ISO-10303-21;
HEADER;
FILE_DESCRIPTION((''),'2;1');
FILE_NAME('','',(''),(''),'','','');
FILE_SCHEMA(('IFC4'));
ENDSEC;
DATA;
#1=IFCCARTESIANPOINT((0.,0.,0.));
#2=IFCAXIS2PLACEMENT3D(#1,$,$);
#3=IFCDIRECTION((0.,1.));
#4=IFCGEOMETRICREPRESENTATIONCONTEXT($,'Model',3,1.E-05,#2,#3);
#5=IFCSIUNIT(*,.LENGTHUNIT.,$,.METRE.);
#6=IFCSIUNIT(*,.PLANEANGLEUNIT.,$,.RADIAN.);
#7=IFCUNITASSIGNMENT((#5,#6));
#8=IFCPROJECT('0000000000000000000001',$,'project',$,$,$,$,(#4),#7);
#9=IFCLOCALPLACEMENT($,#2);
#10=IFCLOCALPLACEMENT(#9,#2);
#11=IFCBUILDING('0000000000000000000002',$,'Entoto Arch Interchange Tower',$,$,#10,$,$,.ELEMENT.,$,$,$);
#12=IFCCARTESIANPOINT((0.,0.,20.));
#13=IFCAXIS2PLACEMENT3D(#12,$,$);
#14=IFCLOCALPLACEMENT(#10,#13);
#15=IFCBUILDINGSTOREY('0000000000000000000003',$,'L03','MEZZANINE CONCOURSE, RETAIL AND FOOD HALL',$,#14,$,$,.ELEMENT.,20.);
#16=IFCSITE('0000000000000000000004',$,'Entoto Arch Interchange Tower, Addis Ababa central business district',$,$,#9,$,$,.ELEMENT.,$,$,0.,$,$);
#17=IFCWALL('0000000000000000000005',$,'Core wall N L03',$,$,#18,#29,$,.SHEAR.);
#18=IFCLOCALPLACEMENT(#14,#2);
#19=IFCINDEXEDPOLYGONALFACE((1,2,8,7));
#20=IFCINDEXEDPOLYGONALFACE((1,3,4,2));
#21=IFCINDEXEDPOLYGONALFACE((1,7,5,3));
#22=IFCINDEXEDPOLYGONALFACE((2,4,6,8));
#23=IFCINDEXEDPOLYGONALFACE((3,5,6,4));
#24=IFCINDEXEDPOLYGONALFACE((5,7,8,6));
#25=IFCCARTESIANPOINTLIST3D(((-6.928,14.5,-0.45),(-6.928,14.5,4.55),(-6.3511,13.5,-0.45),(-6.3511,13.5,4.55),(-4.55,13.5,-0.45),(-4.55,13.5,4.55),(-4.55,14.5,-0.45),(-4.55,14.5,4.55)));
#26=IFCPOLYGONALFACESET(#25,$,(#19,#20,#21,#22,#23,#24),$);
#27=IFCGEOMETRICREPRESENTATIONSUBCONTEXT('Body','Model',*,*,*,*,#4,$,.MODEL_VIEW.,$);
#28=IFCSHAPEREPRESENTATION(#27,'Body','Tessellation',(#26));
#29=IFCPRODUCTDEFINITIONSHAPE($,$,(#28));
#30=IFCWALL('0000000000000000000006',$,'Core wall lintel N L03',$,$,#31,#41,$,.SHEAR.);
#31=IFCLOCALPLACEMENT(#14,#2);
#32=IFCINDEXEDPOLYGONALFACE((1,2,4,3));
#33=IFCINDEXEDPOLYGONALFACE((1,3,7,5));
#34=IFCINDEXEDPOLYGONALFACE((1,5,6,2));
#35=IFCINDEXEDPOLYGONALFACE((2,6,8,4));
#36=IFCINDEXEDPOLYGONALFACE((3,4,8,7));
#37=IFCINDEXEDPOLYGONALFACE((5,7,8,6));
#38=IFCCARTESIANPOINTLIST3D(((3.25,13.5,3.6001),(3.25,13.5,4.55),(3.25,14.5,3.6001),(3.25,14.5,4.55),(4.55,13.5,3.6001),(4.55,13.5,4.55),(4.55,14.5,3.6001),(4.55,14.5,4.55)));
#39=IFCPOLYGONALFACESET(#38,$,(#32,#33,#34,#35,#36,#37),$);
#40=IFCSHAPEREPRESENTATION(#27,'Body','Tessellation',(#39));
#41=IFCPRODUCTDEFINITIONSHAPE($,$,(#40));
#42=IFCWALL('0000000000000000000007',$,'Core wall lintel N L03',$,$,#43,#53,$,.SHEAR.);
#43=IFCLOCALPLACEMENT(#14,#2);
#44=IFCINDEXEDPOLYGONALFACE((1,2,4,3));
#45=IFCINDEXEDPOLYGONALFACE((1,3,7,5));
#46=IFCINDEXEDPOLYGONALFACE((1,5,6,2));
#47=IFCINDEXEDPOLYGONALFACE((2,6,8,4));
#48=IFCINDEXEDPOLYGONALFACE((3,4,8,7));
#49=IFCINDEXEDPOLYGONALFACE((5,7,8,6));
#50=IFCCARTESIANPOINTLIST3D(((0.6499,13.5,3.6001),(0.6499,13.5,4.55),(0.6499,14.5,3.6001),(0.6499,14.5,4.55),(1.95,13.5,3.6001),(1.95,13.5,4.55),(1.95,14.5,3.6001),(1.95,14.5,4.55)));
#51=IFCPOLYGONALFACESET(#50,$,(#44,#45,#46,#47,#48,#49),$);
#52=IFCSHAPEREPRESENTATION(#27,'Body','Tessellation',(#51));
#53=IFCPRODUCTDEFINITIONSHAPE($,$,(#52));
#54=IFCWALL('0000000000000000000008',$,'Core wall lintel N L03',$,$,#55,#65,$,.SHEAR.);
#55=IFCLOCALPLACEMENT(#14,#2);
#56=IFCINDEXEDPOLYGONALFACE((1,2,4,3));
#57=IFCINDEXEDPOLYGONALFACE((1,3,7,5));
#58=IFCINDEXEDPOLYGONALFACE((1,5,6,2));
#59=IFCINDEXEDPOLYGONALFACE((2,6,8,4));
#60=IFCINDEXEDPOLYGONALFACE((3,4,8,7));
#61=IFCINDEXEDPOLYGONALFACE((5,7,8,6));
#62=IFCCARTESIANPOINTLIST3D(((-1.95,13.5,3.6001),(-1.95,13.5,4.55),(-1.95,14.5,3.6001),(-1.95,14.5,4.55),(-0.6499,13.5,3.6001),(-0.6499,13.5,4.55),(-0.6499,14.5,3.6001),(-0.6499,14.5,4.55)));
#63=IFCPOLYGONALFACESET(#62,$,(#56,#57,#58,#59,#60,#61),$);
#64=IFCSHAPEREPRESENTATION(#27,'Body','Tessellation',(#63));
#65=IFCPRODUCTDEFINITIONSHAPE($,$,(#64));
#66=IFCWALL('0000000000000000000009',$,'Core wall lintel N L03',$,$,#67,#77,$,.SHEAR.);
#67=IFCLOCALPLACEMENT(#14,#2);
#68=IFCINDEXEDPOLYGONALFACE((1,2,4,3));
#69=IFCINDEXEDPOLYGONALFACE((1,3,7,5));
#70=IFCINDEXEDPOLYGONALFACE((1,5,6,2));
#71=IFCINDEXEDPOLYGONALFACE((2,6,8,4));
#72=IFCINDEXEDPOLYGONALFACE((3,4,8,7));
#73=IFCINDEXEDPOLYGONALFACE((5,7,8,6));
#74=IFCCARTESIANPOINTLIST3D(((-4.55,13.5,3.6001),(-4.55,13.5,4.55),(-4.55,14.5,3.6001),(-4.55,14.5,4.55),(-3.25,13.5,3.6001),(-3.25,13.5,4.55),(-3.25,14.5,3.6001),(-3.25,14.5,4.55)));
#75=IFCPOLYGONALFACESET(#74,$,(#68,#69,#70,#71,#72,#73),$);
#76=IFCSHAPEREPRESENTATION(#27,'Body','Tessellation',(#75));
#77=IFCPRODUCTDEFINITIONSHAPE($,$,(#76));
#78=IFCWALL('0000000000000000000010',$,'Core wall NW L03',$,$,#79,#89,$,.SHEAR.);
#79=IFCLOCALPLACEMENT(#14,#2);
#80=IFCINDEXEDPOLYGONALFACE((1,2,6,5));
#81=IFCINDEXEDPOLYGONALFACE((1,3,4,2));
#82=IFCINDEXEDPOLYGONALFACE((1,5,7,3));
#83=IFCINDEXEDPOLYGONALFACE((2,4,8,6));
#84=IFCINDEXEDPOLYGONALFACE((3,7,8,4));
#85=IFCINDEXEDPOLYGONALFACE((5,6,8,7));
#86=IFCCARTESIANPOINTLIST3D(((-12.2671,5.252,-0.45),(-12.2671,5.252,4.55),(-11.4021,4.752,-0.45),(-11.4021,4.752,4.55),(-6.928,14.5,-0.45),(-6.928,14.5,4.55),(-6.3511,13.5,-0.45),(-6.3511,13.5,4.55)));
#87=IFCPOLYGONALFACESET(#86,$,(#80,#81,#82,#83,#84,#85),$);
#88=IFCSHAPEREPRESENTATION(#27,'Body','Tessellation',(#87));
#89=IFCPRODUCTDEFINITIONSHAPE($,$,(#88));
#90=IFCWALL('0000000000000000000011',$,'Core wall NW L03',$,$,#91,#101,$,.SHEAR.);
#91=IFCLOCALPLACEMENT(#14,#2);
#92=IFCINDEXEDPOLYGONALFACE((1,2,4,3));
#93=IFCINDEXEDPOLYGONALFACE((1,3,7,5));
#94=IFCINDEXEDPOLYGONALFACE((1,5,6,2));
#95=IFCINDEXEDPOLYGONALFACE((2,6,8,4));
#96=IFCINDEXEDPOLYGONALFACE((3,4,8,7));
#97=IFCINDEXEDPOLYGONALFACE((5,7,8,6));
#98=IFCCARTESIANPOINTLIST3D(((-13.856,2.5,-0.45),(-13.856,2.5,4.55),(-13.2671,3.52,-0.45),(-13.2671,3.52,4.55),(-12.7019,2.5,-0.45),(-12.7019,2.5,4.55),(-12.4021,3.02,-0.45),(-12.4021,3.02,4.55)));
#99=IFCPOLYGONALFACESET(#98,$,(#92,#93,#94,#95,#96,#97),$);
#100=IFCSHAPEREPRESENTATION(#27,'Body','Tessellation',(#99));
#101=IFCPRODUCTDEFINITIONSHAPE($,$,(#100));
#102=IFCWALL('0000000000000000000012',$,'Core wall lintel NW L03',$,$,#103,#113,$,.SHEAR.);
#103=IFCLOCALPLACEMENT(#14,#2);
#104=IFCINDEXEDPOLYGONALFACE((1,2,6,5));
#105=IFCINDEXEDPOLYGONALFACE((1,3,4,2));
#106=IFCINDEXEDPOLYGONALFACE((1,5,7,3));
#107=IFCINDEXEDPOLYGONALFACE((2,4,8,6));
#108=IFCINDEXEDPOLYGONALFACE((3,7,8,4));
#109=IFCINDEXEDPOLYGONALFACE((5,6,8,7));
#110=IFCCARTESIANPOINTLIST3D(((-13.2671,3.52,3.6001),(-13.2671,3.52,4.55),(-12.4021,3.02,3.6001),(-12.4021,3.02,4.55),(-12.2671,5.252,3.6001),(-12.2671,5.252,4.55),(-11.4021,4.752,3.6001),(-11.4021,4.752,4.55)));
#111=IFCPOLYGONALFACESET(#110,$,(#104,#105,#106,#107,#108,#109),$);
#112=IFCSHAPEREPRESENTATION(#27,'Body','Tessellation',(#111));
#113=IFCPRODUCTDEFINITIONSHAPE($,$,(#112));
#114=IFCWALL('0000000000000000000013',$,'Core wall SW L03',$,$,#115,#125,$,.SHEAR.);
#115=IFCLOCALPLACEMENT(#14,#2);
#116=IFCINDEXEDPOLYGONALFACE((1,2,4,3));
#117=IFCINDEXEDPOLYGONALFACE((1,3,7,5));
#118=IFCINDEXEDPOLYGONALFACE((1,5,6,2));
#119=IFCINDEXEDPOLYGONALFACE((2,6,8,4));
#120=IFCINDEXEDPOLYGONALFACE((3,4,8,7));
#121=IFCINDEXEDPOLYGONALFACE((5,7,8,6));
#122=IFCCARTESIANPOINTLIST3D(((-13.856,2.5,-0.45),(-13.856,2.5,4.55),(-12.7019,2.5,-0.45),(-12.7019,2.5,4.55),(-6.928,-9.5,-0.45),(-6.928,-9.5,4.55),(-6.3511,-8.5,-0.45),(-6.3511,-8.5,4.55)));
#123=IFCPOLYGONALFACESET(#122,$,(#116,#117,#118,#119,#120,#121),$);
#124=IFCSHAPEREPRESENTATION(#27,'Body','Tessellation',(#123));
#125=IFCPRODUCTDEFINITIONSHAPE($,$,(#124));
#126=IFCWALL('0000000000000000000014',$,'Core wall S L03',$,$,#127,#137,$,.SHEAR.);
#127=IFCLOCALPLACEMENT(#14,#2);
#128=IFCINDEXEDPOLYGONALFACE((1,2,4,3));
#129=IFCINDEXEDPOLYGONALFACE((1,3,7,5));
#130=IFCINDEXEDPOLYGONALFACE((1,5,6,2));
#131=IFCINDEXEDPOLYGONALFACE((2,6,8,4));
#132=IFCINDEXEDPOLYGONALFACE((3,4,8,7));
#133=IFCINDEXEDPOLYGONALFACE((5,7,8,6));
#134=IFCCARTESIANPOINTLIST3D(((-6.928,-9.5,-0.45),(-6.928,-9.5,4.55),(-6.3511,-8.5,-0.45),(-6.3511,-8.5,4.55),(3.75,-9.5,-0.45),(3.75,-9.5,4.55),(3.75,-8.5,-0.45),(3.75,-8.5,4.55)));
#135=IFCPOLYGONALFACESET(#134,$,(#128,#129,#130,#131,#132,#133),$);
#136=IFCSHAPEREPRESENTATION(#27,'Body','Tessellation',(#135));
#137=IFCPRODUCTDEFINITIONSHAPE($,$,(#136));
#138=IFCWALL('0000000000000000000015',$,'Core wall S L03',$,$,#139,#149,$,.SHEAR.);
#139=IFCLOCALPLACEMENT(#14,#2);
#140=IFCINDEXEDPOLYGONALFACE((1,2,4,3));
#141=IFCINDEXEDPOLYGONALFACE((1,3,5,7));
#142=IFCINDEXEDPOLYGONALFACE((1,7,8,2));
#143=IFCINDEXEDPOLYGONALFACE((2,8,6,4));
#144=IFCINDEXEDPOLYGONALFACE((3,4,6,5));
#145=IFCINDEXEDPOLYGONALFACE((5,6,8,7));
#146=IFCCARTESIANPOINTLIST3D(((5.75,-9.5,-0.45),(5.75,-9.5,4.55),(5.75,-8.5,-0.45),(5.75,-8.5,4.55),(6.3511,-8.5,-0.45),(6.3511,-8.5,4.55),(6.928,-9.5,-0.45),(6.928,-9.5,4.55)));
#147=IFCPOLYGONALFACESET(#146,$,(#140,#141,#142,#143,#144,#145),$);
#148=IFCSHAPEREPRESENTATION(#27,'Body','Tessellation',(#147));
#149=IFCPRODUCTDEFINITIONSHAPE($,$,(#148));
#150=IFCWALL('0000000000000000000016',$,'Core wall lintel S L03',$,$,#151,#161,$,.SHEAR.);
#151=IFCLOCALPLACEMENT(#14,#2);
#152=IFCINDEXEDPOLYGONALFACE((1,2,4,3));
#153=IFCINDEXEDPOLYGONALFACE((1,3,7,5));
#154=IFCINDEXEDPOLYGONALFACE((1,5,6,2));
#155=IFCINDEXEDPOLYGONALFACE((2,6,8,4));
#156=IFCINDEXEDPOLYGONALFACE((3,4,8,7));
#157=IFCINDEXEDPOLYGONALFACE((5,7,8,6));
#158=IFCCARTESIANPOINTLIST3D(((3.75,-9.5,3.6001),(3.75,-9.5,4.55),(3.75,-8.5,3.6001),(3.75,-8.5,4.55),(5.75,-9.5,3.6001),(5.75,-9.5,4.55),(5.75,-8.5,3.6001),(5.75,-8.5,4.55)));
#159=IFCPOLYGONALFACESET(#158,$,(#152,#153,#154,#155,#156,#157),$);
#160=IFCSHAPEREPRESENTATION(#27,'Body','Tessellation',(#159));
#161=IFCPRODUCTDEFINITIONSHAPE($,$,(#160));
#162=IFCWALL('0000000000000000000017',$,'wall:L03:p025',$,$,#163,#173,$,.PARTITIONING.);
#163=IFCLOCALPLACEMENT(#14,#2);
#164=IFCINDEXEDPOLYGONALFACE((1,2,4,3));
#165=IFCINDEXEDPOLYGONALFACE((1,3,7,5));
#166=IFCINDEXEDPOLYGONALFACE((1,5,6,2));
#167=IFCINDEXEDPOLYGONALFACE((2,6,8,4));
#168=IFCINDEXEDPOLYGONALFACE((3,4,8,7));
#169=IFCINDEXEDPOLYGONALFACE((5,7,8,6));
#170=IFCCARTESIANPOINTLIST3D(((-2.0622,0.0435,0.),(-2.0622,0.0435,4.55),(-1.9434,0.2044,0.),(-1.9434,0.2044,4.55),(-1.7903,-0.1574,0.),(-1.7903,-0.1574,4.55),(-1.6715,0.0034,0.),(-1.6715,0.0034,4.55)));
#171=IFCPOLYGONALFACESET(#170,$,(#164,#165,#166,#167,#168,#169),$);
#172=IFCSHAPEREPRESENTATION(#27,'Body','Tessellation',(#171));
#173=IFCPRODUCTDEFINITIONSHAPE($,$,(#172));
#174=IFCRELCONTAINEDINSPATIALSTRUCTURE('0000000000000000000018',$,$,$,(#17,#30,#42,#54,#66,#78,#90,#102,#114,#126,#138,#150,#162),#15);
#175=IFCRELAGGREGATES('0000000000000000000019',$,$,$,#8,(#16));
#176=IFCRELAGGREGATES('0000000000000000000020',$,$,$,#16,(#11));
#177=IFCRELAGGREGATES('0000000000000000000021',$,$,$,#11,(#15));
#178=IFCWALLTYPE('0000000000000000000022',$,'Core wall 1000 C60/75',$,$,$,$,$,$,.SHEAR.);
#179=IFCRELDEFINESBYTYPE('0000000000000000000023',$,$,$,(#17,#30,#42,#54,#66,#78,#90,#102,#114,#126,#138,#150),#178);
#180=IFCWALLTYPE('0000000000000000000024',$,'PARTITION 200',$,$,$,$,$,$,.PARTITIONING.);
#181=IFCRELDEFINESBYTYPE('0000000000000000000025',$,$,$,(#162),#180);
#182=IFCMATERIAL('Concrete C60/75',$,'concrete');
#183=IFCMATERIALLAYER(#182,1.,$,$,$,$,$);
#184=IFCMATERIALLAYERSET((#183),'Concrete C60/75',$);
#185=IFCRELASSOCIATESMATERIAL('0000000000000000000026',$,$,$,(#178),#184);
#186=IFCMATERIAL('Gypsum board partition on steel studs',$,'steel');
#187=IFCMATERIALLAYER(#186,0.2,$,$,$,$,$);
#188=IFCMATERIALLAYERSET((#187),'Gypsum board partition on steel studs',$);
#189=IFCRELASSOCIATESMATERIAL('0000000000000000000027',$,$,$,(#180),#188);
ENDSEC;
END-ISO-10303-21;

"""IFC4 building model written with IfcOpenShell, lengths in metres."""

from ifc_helpers import new_model, si_unit, direction, frame, frame_2d, origin, place, context, subcontext, project, spatial, polyline, rectangle, outline, extrude, material, layer, layer_set, type_object, element, save


model = new_model("IFC4")

# Units and contexts
model_context = context("Model", 3, precision=1e-05, world=origin(), true_north=direction((0.0, 1.0)))
body_context = subcontext(model_context, "Body", "Model", "MODEL_VIEW")
ifc_project = project(units=[si_unit("LENGTHUNIT", "METRE"), si_unit("PLANEANGLEUNIT", "RADIAN")], contexts=[model_context])

# Site, building, storey
site_placement = place(None, origin())
site = spatial("IfcSite", under=ifc_project, at=site_placement, Name="Entoto Arch Interchange Tower, Addis Ababa central business district", CompositionType="ELEMENT", RefElevation=0.0)
building_placement = place(site_placement, origin())
building = spatial("IfcBuilding", under=site, at=building_placement, Name="Entoto Arch Interchange Tower", CompositionType="ELEMENT")
storey_placement = place(building_placement, frame((0.0, 0.0, 20.0)))
storey = spatial("IfcBuildingStorey", under=building, at=storey_placement, Name="L03", Description="MEZZANINE CONCOURSE, RETAIL AND FOOD HALL", CompositionType="ELEMENT", Elevation=20.0)

# Walls
ifc_material_1 = material(Name="Concrete C60/75", Category="concrete")
ifc_layer_1 = layer(ifc_material_1, 1.0)
ifc_layer_set_1 = layer_set([ifc_layer_1], Name="Concrete C60/75")
wall_type_1 = type_object("IfcWallType", Name="Core wall 1000 C60/75", PredefinedType="SHEAR", material=ifc_layer_set_1)
wall_1_placement = place(storey_placement, frame((0.0, 0.0, -0.45)))
element("IfcWall", 1, at=wall_1_placement, inside=storey, type_object=wall_type_1, Name="Core wall N L03", PredefinedType="SHEAR", context=body_context, shape_type="SweptSolid", body=[
    extrude(outline(polyline([(-4.55, 13.5), (-4.55, 14.5), (-6.928, 14.5), (-6.3511, 13.5), (-4.55, 13.5)])), origin(), (0.0, 0.0, 1.0), 5.0),
])
wall_2_placement = place(storey_placement, frame((0.0, 0.0, 3.6001)))
element("IfcWall", 2, at=wall_2_placement, inside=storey, type_object=wall_type_1, Name="Core wall lintel N L03", PredefinedType="SHEAR", context=body_context, shape_type="SweptSolid", body=[
    extrude(outline(polyline([(3.25, 14.5), (3.25, 13.5), (4.55, 13.5), (4.55, 14.5), (3.25, 14.5)])), origin(), (0.0, 0.0, 1.0), 0.95),
])
wall_3_placement = place(storey_placement, frame((0.0, 0.0, 3.6001)))
element("IfcWall", 3, at=wall_3_placement, inside=storey, type_object=wall_type_1, Name="Core wall lintel N L03", PredefinedType="SHEAR", context=body_context, shape_type="SweptSolid", body=[
    extrude(outline(polyline([(0.6499, 14.5), (0.6499, 13.5), (1.95, 13.5), (1.95, 14.5), (0.6499, 14.5)])), origin(), (0.0, 0.0, 1.0), 0.95),
])
wall_4_placement = place(storey_placement, frame((0.0, 0.0, 3.6001)))
element("IfcWall", 4, at=wall_4_placement, inside=storey, type_object=wall_type_1, Name="Core wall lintel N L03", PredefinedType="SHEAR", context=body_context, shape_type="SweptSolid", body=[
    extrude(outline(polyline([(-1.95, 14.5), (-1.95, 13.5), (-0.6499, 13.5), (-0.6499, 14.5), (-1.95, 14.5)])), origin(), (0.0, 0.0, 1.0), 0.95),
])
wall_5_placement = place(storey_placement, frame((0.0, 0.0, 3.6001)))
element("IfcWall", 5, at=wall_5_placement, inside=storey, type_object=wall_type_1, Name="Core wall lintel N L03", PredefinedType="SHEAR", context=body_context, shape_type="SweptSolid", body=[
    extrude(outline(polyline([(-4.55, 14.5), (-4.55, 13.5), (-3.25, 13.5), (-3.25, 14.5), (-4.55, 14.5)])), origin(), (0.0, 0.0, 1.0), 0.95),
])
wall_6_placement = place(storey_placement, frame((0.0, 0.0, -0.45)))
element("IfcWall", 6, at=wall_6_placement, inside=storey, type_object=wall_type_1, Name="Core wall NW L03", PredefinedType="SHEAR", context=body_context, shape_type="SweptSolid", body=[
    extrude(outline(polyline([(-12.2671, 5.252), (-11.4021, 4.752), (-6.3511, 13.5), (-6.928, 14.5), (-12.2671, 5.252)])), origin(), (0.0, 0.0, 1.0), 5.0),
])
wall_7_placement = place(storey_placement, frame((0.0, 0.0, -0.45)))
element("IfcWall", 7, at=wall_7_placement, inside=storey, type_object=wall_type_1, Name="Core wall NW L03", PredefinedType="SHEAR", context=body_context, shape_type="SweptSolid", body=[
    extrude(outline(polyline([(-12.4021, 3.02), (-13.2671, 3.52), (-13.856, 2.5), (-12.7019, 2.5), (-12.4021, 3.02)])), origin(), (0.0, 0.0, 1.0), 5.0),
])
wall_8_placement = place(storey_placement, frame((0.0, 0.0, 3.6001)))
element("IfcWall", 8, at=wall_8_placement, inside=storey, type_object=wall_type_1, Name="Core wall lintel NW L03", PredefinedType="SHEAR", context=body_context, shape_type="SweptSolid", body=[
    extrude(outline(polyline([(-13.2671, 3.52), (-12.4021, 3.02), (-11.4021, 4.752), (-12.2671, 5.252), (-13.2671, 3.52)])), origin(), (0.0, 0.0, 1.0), 0.95),
])
wall_9_placement = place(storey_placement, frame((0.0, 0.0, -0.45)))
element("IfcWall", 9, at=wall_9_placement, inside=storey, type_object=wall_type_1, Name="Core wall SW L03", PredefinedType="SHEAR", context=body_context, shape_type="SweptSolid", body=[
    extrude(outline(polyline([(-13.856, 2.5), (-6.928, -9.5), (-6.3511, -8.5), (-12.7019, 2.5), (-13.856, 2.5)])), origin(), (0.0, 0.0, 1.0), 5.0),
])
wall_10_placement = place(storey_placement, frame((0.0, 0.0, -0.45)))
element("IfcWall", 10, at=wall_10_placement, inside=storey, type_object=wall_type_1, Name="Core wall S L03", PredefinedType="SHEAR", context=body_context, shape_type="SweptSolid", body=[
    extrude(outline(polyline([(3.75, -9.5), (3.75, -8.5), (-6.3511, -8.5), (-6.928, -9.5), (3.75, -9.5)])), origin(), (0.0, 0.0, 1.0), 5.0),
])
wall_11_placement = place(storey_placement, frame((0.0, 0.0, -0.45)))
element("IfcWall", 11, at=wall_11_placement, inside=storey, type_object=wall_type_1, Name="Core wall S L03", PredefinedType="SHEAR", context=body_context, shape_type="SweptSolid", body=[
    extrude(outline(polyline([(5.75, -8.5), (5.75, -9.5), (6.928, -9.5), (6.3511, -8.5), (5.75, -8.5)])), origin(), (0.0, 0.0, 1.0), 5.0),
])
wall_12_placement = place(storey_placement, frame((0.0, 0.0, 3.6001)))
element("IfcWall", 12, at=wall_12_placement, inside=storey, type_object=wall_type_1, Name="Core wall lintel S L03", PredefinedType="SHEAR", context=body_context, shape_type="SweptSolid", body=[
    extrude(outline(polyline([(5.75, -9.5), (5.75, -8.5), (3.75, -8.5), (3.75, -9.5), (5.75, -9.5)])), origin(), (0.0, 0.0, 1.0), 0.95),
])
ifc_material_2 = material(Name="Gypsum board partition on steel studs", Category="steel")
ifc_layer_2 = layer(ifc_material_2, 0.2)
ifc_layer_set_2 = layer_set([ifc_layer_2], Name="Gypsum board partition on steel studs")
wall_type_2 = type_object("IfcWallType", Name="PARTITION 200", PredefinedType="PARTITIONING", material=ifc_layer_set_2)
wall_13_placement = place(storey_placement, frame((-1.731, -0.0769, 0.0), z_axis=(0.0, 0.0, 1.0), x_axis=(-0.804311, 0.594208, 0.0)))
element("IfcWall", 13, at=wall_13_placement, inside=storey, type_object=wall_type_2, Name="wall:L03:p025", PredefinedType="PARTITIONING", context=body_context, shape_type="SweptSolid", body=[
    extrude(rectangle(XDim=0.3381, YDim=0.2, at=frame_2d((0.1689, 0.0))), origin(), (0.0, 0.0, 1.0), 4.55),
])

save(model, "model.ifc")
